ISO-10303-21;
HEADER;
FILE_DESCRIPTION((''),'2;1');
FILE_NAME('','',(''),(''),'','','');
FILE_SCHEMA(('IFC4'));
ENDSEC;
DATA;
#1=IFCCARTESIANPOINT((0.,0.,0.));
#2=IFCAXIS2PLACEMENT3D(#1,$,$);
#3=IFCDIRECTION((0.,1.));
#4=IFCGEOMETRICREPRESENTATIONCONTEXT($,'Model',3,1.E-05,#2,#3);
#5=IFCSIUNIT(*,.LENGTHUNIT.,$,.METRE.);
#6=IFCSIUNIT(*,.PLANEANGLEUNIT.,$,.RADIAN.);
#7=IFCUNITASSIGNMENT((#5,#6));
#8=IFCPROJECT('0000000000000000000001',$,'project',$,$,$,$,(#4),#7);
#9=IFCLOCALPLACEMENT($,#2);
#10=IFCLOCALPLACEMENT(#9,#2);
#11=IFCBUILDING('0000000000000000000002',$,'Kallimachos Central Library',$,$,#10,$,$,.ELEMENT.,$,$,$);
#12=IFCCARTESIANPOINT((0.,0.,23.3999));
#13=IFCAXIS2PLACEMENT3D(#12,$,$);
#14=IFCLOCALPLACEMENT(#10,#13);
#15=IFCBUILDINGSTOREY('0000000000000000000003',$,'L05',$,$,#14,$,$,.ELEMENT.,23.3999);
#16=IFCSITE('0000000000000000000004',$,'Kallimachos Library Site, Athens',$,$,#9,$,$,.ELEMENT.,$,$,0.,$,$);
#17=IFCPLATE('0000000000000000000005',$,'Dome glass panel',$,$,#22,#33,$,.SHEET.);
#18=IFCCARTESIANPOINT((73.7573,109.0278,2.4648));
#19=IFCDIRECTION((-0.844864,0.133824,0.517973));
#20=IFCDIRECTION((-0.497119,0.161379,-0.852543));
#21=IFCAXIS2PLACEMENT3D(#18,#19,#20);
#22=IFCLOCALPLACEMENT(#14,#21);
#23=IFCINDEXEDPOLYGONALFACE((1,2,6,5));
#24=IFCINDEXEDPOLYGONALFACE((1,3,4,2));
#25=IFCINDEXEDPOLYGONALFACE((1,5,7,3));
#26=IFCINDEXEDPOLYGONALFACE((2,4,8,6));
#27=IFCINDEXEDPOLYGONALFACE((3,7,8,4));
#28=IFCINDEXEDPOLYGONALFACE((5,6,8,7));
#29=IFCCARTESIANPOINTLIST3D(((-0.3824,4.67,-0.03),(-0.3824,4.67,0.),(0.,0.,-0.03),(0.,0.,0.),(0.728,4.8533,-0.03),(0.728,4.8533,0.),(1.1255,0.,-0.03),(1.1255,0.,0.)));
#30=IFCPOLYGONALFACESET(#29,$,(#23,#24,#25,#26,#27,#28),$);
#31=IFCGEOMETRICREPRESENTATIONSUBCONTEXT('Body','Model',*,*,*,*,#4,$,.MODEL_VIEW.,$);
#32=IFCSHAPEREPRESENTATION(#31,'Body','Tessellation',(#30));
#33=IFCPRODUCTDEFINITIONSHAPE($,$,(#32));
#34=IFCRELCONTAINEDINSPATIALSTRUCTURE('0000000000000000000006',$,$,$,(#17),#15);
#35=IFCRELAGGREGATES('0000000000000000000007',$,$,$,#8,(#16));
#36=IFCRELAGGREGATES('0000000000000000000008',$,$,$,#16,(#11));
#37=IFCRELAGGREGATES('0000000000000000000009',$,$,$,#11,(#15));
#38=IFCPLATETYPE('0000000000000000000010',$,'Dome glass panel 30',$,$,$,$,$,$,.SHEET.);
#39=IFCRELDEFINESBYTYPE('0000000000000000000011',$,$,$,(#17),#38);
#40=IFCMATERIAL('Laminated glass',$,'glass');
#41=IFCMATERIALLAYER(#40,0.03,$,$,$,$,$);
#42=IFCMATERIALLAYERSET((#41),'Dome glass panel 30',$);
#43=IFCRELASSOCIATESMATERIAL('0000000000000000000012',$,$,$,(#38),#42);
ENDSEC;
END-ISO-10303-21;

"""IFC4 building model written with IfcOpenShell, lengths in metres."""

from ifc_helpers import new_model, si_unit, direction, frame, origin, place, context, subcontext, project, spatial, polyline, outline, extrude, material, layer, layer_set, type_object, element, save


model = new_model("IFC4")

# Units and contexts
model_context = context("Model", 3, precision=1e-05, world=origin(), true_north=direction((0.0, 1.0)))
body_context = subcontext(model_context, "Body", "Model", "MODEL_VIEW")
ifc_project = project(units=[si_unit("LENGTHUNIT", "METRE"), si_unit("PLANEANGLEUNIT", "RADIAN")], contexts=[model_context])

# Site, building, storey
site_placement = place(None, origin())
site = spatial("IfcSite", under=ifc_project, at=site_placement, Name="Kallimachos Library Site, Athens", CompositionType="ELEMENT", RefElevation=0.0)
building_placement = place(site_placement, origin())
building = spatial("IfcBuilding", under=site, at=building_placement, Name="Kallimachos Central Library", CompositionType="ELEMENT")
storey_placement = place(building_placement, frame((0.0, 0.0, 23.3999)))
storey = spatial("IfcBuildingStorey", under=building, at=storey_placement, Name="L05", CompositionType="ELEMENT", Elevation=23.3999)

# Plate
ifc_material_1 = material(Name="Laminated glass", Category="glass")
ifc_layer_1 = layer(ifc_material_1, 0.03)
ifc_layer_set_1 = layer_set([ifc_layer_1], Name="Dome glass panel 30")
plate_type_1 = type_object("IfcPlateType", Name="Dome glass panel 30", PredefinedType="SHEET", material=ifc_layer_set_1)
plate_1_placement = place(storey_placement, frame((73.7573, 109.0278, 2.4648), z_axis=(-0.844864, 0.133824, 0.517973), x_axis=(-0.497119, 0.161379, -0.852543)))
element("IfcPlate", 1, at=plate_1_placement, inside=storey, type_object=plate_type_1, Name="Dome glass panel", PredefinedType="SHEET", context=body_context, shape_type="SweptSolid", body=[
    extrude(outline(polyline([(0.0, 0.0), (1.1255, 0.0), (0.728, 4.8533), (-0.3824, 4.67), (0.0, 0.0)])), origin(), (0.0, 0.0, -1.0), 0.03),
])

save(model, "model.ifc")
